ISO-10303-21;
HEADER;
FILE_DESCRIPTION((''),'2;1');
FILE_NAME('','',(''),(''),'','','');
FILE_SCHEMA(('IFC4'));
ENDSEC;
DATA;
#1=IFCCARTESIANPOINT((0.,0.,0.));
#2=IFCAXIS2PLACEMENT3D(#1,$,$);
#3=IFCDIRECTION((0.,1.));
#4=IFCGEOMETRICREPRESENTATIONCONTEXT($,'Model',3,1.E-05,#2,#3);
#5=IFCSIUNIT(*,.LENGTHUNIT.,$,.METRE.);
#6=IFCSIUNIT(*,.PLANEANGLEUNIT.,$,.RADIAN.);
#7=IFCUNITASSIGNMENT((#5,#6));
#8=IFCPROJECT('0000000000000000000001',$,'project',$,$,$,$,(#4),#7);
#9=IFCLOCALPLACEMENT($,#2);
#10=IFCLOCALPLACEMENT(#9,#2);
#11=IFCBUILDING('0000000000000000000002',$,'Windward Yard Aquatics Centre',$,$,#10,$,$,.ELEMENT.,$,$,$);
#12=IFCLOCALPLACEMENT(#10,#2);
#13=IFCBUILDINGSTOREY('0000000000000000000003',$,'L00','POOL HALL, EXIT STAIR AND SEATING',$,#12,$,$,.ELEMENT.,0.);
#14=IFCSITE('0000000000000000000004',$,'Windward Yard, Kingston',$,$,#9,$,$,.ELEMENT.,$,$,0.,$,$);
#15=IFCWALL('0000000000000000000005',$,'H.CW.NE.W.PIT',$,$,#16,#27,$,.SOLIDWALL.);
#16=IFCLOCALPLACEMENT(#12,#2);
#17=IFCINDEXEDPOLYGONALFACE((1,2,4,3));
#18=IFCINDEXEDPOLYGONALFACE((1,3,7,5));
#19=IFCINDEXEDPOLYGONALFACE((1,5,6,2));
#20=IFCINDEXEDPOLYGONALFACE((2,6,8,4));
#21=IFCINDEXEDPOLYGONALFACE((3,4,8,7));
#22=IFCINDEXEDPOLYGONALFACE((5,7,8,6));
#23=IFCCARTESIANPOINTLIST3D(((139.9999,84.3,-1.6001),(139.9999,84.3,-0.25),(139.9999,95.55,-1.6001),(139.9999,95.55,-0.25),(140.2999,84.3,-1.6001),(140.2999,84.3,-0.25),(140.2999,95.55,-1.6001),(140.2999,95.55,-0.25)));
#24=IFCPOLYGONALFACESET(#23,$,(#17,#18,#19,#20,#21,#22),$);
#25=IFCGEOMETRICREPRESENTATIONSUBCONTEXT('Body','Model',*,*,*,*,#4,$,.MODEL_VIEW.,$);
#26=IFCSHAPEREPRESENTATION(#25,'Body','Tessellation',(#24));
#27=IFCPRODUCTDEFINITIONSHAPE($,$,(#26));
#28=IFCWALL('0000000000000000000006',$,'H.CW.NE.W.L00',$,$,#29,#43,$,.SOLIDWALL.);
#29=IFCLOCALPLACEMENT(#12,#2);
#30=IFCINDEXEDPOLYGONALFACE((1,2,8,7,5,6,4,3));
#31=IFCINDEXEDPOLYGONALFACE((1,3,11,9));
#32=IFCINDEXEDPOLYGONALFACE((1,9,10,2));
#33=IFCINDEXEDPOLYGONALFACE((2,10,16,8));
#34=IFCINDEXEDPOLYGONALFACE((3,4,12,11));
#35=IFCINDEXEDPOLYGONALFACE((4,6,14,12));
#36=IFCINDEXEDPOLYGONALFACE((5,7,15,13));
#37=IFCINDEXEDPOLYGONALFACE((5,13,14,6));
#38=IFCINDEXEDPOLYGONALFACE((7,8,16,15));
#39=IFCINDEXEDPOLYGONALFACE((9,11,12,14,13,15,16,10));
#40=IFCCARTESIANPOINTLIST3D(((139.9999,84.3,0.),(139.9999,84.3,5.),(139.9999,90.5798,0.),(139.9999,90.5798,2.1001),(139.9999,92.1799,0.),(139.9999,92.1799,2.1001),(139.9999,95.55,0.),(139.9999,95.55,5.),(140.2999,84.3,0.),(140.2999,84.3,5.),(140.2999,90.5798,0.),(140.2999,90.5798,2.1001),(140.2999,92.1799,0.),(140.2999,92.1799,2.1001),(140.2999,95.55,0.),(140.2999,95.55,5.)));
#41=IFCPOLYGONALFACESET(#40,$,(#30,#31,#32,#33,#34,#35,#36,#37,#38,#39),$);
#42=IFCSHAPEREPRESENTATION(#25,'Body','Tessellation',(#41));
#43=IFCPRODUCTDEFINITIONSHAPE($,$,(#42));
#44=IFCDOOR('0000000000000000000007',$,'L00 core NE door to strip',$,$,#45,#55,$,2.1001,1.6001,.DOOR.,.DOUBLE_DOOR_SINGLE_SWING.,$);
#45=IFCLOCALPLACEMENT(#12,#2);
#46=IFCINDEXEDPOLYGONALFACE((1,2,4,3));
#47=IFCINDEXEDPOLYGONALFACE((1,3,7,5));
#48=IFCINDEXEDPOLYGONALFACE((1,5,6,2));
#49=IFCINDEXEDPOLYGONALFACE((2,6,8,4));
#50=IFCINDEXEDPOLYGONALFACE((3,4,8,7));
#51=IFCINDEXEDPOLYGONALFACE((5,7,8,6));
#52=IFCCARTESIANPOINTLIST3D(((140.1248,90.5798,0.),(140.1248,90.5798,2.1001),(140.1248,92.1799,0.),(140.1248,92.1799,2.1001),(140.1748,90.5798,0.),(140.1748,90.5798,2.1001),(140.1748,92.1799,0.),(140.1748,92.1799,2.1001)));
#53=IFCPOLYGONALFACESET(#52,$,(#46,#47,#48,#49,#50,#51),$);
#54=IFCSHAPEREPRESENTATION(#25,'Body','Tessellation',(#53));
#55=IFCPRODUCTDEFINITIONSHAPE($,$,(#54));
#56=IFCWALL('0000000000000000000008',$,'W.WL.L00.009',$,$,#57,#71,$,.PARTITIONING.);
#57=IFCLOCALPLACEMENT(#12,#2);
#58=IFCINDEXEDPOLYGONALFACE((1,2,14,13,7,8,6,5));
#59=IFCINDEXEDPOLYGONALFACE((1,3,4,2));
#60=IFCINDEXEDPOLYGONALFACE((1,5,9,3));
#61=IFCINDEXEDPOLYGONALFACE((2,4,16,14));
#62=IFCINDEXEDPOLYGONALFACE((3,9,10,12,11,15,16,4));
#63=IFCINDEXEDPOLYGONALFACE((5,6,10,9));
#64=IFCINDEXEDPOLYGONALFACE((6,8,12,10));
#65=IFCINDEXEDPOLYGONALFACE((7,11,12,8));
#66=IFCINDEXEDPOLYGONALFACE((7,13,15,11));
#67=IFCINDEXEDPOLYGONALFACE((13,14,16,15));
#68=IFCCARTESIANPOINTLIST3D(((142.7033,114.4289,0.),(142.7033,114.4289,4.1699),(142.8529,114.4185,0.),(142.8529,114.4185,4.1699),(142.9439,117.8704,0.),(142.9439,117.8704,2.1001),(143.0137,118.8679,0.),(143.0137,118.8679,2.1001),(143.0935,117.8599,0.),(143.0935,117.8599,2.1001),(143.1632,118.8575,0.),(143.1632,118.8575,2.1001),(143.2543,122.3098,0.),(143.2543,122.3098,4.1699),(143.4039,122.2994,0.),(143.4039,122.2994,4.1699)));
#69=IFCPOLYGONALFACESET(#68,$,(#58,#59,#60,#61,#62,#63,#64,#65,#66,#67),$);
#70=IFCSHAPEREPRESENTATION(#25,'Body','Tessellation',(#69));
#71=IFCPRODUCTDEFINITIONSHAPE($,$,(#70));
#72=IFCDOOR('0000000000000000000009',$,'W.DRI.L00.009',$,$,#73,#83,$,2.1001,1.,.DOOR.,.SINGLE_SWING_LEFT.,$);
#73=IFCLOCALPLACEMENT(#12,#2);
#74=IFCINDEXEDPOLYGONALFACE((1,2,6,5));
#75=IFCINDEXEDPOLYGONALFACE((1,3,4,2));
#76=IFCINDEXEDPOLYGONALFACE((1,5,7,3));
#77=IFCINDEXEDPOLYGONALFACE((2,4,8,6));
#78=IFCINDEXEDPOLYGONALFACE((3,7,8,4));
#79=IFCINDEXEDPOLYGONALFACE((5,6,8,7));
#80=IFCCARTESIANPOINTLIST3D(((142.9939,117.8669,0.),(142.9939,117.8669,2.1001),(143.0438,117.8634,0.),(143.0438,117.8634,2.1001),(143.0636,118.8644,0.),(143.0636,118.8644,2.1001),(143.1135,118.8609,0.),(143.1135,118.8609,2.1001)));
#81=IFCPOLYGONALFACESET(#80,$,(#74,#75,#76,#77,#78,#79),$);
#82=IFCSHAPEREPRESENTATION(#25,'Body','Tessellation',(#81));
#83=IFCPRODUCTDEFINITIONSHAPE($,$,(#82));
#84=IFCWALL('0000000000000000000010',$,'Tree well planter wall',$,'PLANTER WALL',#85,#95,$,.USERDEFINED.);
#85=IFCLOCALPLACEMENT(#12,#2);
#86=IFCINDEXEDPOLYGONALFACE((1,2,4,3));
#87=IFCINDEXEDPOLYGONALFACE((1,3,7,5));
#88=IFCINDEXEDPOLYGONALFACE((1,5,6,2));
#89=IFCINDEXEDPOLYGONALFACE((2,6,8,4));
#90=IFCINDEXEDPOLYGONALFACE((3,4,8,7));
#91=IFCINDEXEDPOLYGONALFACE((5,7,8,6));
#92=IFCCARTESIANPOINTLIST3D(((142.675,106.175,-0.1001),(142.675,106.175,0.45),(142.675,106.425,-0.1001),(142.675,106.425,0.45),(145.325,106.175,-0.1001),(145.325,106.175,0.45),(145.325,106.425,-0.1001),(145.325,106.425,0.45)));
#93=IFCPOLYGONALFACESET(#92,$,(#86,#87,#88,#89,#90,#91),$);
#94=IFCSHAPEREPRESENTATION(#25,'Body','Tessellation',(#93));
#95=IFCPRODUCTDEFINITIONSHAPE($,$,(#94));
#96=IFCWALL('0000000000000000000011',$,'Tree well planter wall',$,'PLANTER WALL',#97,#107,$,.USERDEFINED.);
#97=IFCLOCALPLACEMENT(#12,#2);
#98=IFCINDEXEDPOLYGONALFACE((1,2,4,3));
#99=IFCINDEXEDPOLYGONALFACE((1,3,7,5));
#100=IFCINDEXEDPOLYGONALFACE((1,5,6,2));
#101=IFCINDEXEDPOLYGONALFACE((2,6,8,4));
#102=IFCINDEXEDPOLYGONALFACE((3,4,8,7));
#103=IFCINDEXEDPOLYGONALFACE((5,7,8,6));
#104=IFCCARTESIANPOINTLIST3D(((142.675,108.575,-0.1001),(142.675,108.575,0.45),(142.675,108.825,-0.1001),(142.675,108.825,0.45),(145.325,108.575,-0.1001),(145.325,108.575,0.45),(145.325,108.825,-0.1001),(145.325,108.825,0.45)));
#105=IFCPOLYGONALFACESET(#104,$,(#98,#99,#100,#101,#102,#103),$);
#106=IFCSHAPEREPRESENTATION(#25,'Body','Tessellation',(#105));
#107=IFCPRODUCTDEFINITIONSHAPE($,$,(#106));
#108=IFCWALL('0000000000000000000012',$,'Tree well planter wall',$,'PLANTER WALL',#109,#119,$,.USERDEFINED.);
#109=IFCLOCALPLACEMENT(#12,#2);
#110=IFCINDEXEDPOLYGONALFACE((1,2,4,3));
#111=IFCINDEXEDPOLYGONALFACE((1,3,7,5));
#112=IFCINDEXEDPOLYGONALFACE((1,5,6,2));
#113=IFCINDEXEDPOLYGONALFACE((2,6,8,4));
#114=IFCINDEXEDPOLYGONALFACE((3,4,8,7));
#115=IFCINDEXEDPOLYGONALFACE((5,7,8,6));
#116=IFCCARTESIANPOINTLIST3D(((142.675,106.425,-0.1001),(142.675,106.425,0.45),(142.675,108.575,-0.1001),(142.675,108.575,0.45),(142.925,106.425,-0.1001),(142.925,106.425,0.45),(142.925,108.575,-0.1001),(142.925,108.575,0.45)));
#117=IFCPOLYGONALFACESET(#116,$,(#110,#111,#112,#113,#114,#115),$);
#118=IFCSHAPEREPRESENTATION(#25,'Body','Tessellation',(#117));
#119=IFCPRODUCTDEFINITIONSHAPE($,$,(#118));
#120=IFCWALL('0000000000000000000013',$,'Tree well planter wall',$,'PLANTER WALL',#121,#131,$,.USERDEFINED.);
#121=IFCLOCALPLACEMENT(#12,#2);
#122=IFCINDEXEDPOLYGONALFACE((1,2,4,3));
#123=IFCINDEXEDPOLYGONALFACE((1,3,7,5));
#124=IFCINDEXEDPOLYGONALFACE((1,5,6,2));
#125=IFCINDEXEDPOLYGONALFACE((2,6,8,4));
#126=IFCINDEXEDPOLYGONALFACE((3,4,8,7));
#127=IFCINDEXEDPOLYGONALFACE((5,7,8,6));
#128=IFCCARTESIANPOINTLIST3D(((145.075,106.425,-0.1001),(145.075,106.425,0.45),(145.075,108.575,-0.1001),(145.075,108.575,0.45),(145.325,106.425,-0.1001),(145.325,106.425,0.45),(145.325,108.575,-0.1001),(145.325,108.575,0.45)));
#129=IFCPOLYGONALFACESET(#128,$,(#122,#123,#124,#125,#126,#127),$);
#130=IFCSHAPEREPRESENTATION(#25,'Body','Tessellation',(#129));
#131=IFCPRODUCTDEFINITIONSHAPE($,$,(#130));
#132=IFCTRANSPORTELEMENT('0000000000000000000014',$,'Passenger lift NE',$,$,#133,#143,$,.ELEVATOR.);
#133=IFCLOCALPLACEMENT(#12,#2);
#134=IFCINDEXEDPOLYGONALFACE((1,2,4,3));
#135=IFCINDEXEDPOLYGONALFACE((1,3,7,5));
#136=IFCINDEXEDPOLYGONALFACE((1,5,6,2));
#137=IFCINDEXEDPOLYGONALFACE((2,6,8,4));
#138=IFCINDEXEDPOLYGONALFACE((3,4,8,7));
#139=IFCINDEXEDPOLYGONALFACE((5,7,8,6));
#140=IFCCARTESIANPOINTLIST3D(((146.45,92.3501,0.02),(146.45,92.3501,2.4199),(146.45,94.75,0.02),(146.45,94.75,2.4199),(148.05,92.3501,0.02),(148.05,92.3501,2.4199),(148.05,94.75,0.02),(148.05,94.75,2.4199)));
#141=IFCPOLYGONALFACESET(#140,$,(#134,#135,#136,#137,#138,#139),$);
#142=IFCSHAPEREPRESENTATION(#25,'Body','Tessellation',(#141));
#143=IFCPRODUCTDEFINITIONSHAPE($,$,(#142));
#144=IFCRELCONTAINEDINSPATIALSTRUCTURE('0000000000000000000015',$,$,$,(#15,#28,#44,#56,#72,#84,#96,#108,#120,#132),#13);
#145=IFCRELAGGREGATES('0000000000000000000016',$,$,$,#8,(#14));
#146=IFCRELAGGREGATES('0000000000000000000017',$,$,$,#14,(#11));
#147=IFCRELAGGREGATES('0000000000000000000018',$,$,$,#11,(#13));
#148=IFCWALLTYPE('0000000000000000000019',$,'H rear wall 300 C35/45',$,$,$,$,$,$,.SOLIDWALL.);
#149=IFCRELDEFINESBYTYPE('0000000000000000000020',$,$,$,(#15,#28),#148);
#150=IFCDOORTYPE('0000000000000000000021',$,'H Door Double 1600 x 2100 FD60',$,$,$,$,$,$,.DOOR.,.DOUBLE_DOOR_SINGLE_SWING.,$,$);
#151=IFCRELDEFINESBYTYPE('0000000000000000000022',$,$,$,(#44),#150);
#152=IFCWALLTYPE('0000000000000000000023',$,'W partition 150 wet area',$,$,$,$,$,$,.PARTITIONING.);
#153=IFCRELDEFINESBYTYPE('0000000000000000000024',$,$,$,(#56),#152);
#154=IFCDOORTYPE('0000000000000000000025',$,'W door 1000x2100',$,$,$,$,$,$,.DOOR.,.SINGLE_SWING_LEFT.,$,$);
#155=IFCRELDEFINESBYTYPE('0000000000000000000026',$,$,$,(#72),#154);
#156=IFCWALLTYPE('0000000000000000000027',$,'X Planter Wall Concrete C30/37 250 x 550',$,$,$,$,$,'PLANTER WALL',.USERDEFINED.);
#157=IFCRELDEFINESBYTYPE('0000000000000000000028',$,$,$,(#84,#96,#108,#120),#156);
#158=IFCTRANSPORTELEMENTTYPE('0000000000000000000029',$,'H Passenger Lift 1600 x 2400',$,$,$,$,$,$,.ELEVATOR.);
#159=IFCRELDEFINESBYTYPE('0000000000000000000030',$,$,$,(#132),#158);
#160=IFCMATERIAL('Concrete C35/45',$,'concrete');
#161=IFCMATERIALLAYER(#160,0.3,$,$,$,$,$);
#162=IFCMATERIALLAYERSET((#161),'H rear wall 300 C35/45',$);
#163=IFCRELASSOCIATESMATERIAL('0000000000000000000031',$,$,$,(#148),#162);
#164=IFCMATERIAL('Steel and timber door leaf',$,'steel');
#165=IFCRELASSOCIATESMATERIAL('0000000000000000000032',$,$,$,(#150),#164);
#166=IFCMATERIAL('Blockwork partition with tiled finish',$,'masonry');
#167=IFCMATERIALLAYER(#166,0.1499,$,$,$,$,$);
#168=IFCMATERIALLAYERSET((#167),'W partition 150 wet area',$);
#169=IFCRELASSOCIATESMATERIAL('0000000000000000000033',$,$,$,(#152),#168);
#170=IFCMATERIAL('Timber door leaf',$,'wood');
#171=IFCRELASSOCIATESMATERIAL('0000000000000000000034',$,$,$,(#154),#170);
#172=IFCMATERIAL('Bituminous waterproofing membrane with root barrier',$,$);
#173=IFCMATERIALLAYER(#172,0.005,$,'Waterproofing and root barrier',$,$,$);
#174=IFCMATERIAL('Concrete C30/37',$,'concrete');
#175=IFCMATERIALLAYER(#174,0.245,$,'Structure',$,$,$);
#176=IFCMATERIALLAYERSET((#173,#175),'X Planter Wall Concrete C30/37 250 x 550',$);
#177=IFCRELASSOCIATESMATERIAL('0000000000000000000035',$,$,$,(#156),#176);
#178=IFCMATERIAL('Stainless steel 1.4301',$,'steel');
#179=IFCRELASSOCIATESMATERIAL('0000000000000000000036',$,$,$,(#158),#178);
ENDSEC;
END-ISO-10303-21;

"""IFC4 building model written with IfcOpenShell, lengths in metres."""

from ifc_helpers import new_model, si_unit, direction, frame, frame_2d, origin, origin_2d, place, context, subcontext, project, spatial, rectangle, extrude, material, layer, layer_set, type_object, element, fill, save


model = new_model("IFC4")

# Units and contexts
model_context = context("Model", 3, precision=1e-05, world=origin(), true_north=direction((0.0, 1.0)))
body_context = subcontext(model_context, "Body", "Model", "MODEL_VIEW")
ifc_project = project(units=[si_unit("LENGTHUNIT", "METRE"), si_unit("PLANEANGLEUNIT", "RADIAN")], contexts=[model_context])

# Site, building, storey
site_placement = place(None, origin())
site = spatial("IfcSite", under=ifc_project, at=site_placement, Name="Windward Yard, Kingston", CompositionType="ELEMENT", RefElevation=0.0)
building_placement = place(site_placement, origin())
building = spatial("IfcBuilding", under=site, at=building_placement, Name="Windward Yard Aquatics Centre", CompositionType="ELEMENT")
storey_placement = place(building_placement, origin())
storey = spatial("IfcBuildingStorey", under=building, at=storey_placement, Name="L00", Description="POOL HALL, EXIT STAIR AND SEATING", CompositionType="ELEMENT", Elevation=0.0)

# Shared definitions
ifc_material_1 = material(Name="Concrete C35/45", Category="concrete")

# Shared definitions
ifc_material_2 = material(Name="Steel and timber door leaf", Category="steel")

# Wall
ifc_layer_1 = layer(ifc_material_1, 0.3)
ifc_layer_set_1 = layer_set([ifc_layer_1], Name="H rear wall 300 C35/45")
wall_type_1 = type_object("IfcWallType", Name="H rear wall 300 C35/45", PredefinedType="SOLIDWALL", material=ifc_layer_set_1)
wall_1_placement = place(storey_placement, frame((140.1499, 95.55, -1.6001), z_axis=(0.0, 0.0, 1.0), x_axis=(0.0, -1.0, 0.0)))
element("IfcWall", 1, at=wall_1_placement, inside=storey, type_object=wall_type_1, Name="H.CW.NE.W.PIT", PredefinedType="SOLIDWALL", context=body_context, shape_type="SweptSolid", body=[
    extrude(rectangle(XDim=11.25, YDim=0.3, at=frame_2d((5.625, 0.0))), origin(), (0.0, 0.0, 1.0), 1.3501),
])

# Walls, openings, doors
wall_2_placement = place(storey_placement, frame((140.1499, 95.55, 0.0), z_axis=(0.0, 0.0, 1.0), x_axis=(0.0, -1.0, 0.0)))
wall_2 = element("IfcWall", 2, at=wall_2_placement, inside=storey, type_object=wall_type_1, Name="H.CW.NE.W.L00", PredefinedType="SOLIDWALL", context=body_context, shape_type="SweptSolid", body=[
    extrude(rectangle(XDim=11.25, YDim=0.3, at=frame_2d((5.625, 0.0))), origin(), (0.0, 0.0, 1.0), 5.0),
])
opening_1_placement = place(wall_2_placement, frame((3.3701, 0.0, 0.0)))
opening_1 = element("IfcOpeningElement", 3, at=opening_1_placement, cuts=wall_2, PredefinedType="OPENING", context=body_context, shape_type="SweptSolid", body=[
    extrude(rectangle(XDim=1.6001, YDim=2.1001, at=frame_2d((0.8, 1.05))), frame((0.0, 0.1602, 0.0), z_axis=(0.0, -1.0, 0.0), x_axis=(1.0, 0.0, 0.0)), (0.0, 0.0, 1.0), 0.3201),
])
door_type_1 = type_object("IfcDoorType", Name="H Door Double 1600 x 2100 FD60", OperationType="DOUBLE_DOOR_SINGLE_SWING", PredefinedType="DOOR", material=ifc_material_2)
door_1_placement = place(opening_1_placement, origin())
door_1 = element("IfcDoor", 4, at=door_1_placement, inside=storey, type_object=door_type_1, Name="L00 core NE door to strip", OperationType="DOUBLE_DOOR_SINGLE_SWING", OverallHeight=2.1001, OverallWidth=1.6001, PredefinedType="DOOR", context=body_context, shape_type="SweptSolid", body=[
    extrude(rectangle(XDim=1.6001, YDim=2.1001, at=frame_2d((0.8, 1.05))), frame((0.0, 0.0249, 0.0), z_axis=(0.0, -1.0, 0.0), x_axis=(1.0, 0.0, 0.0)), (0.0, 0.0, 1.0), 0.05),
])
fill(opening_1, door_1)
ifc_material_3 = material(Name="Blockwork partition with tiled finish", Category="masonry")
ifc_layer_2 = layer(ifc_material_3, 0.1499)
ifc_layer_set_2 = layer_set([ifc_layer_2], Name="W partition 150 wet area")
wall_type_2 = type_object("IfcWallType", Name="W partition 150 wet area", PredefinedType="PARTITIONING", material=ifc_layer_set_2)
wall_3_placement = place(storey_placement, frame((142.7781, 114.4236, 0.0), z_axis=(0.0, 0.0, 1.0), x_axis=(0.069749, 0.997565, 0.0)))
wall_3 = element("IfcWall", 5, at=wall_3_placement, inside=storey, type_object=wall_type_2, Name="W.WL.L00.009", PredefinedType="PARTITIONING", context=body_context, shape_type="SweptSolid", body=[
    extrude(rectangle(XDim=7.9001, YDim=0.1499, at=frame_2d((3.9502, 0.0))), origin(), (0.0, 0.0, 1.0), 4.1699),
])
opening_2_placement = place(wall_3_placement, frame((3.45, 0.0, 0.0)))
opening_2 = element("IfcOpeningElement", 6, at=opening_2_placement, cuts=wall_3, PredefinedType="OPENING", context=body_context, shape_type="SweptSolid", body=[
    extrude(rectangle(XDim=1.0, YDim=2.1001, at=frame_2d((0.5, 1.05))), frame((0.0, 0.085, 0.0), z_axis=(0.0, -1.0, 0.0), x_axis=(1.0, 0.0, 0.0)), (0.0, 0.0, 1.0), 0.1699),
])
ifc_material_4 = material(Name="Timber door leaf", Category="wood")
door_type_2 = type_object("IfcDoorType", Name="W door 1000x2100", OperationType="SINGLE_SWING_LEFT", PredefinedType="DOOR", material=ifc_material_4)
door_2_placement = place(opening_2_placement, origin())
door_2 = element("IfcDoor", 7, at=door_2_placement, inside=storey, type_object=door_type_2, Name="W.DRI.L00.009", OperationType="SINGLE_SWING_LEFT", OverallHeight=2.1001, OverallWidth=1.0, PredefinedType="DOOR", context=body_context, shape_type="SweptSolid", body=[
    extrude(rectangle(XDim=1.0, YDim=2.1001, at=frame_2d((0.5, 1.05))), frame((0.0, 0.0249, 0.0), z_axis=(0.0, -1.0, 0.0), x_axis=(1.0, 0.0, 0.0)), (0.0, 0.0, 1.0), 0.05),
])
fill(opening_2, door_2)

# Walls
ifc_material_5 = material(Name="Bituminous waterproofing membrane with root barrier")
ifc_layer_3 = layer(ifc_material_5, 0.005, Name="Waterproofing and root barrier")
ifc_material_6 = material(Name="Concrete C30/37", Category="concrete")
ifc_layer_4 = layer(ifc_material_6, 0.245, Name="Structure")
ifc_layer_set_3 = layer_set([ifc_layer_3, ifc_layer_4], Name="X Planter Wall Concrete C30/37 250 x 550")
wall_type_3 = type_object("IfcWallType", Name="X Planter Wall Concrete C30/37 250 x 550", ElementType="PLANTER WALL", PredefinedType="USERDEFINED", material=ifc_layer_set_3)
for number, where, z_axis, x_axis, name in (
    (8, (142.675, 106.3, -0.1001), (0.0, 0.0, 1.0), (1.0, 0.0, 0.0), "Tree well planter wall"),
    (9, (142.675, 108.7, -0.1001), (0.0, 0.0, 1.0), (1.0, 0.0, 0.0), "Tree well planter wall"),
):
    element("IfcWall", number, at=place(storey_placement, frame(where, z_axis=z_axis, x_axis=x_axis)), inside=storey, type_object=wall_type_3, Name=name, ObjectType="PLANTER WALL", PredefinedType="USERDEFINED", context=body_context, shape_type="SweptSolid", body=[
        extrude(rectangle(XDim=2.6499, YDim=0.25, at=frame_2d((1.325, 0.0))), origin(), (0.0, 0.0, 1.0), 0.55),
    ])
for number, where, z_axis, x_axis, name in (
    (10, (142.8, 106.425, -0.1001), (0.0, 0.0, 1.0), (0.0, 1.0, 0.0), "Tree well planter wall"),
    (11, (145.2, 106.425, -0.1001), (0.0, 0.0, 1.0), (0.0, 1.0, 0.0), "Tree well planter wall"),
):
    element("IfcWall", number, at=place(storey_placement, frame(where, z_axis=z_axis, x_axis=x_axis)), inside=storey, type_object=wall_type_3, Name=name, ObjectType="PLANTER WALL", PredefinedType="USERDEFINED", context=body_context, shape_type="SweptSolid", body=[
        extrude(rectangle(XDim=2.1499, YDim=0.25, at=frame_2d((1.075, 0.0))), origin(), (0.0, 0.0, 1.0), 0.55),
    ])

# Transport element
ifc_material_7 = material(Name="Stainless steel 1.4301", Category="steel")
transport_element_type = type_object("IfcTransportElementType", Name="H Passenger Lift 1600 x 2400", PredefinedType="ELEVATOR", material=ifc_material_7)
transport_element_placement = place(storey_placement, frame((147.25, 93.55, 0.02), z_axis=(0.0, 0.0, 1.0), x_axis=(1.0, 0.0, 0.0)))
element("IfcTransportElement", 12, at=transport_element_placement, inside=storey, type_object=transport_element_type, Name="Passenger lift NE", PredefinedType="ELEVATOR", context=body_context, shape_type="SweptSolid", body=[
    extrude(rectangle(XDim=1.6001, YDim=2.3999, at=origin_2d()), origin(), (0.0, 0.0, 1.0), 2.3999),
])

save(model, "model.ifc")
